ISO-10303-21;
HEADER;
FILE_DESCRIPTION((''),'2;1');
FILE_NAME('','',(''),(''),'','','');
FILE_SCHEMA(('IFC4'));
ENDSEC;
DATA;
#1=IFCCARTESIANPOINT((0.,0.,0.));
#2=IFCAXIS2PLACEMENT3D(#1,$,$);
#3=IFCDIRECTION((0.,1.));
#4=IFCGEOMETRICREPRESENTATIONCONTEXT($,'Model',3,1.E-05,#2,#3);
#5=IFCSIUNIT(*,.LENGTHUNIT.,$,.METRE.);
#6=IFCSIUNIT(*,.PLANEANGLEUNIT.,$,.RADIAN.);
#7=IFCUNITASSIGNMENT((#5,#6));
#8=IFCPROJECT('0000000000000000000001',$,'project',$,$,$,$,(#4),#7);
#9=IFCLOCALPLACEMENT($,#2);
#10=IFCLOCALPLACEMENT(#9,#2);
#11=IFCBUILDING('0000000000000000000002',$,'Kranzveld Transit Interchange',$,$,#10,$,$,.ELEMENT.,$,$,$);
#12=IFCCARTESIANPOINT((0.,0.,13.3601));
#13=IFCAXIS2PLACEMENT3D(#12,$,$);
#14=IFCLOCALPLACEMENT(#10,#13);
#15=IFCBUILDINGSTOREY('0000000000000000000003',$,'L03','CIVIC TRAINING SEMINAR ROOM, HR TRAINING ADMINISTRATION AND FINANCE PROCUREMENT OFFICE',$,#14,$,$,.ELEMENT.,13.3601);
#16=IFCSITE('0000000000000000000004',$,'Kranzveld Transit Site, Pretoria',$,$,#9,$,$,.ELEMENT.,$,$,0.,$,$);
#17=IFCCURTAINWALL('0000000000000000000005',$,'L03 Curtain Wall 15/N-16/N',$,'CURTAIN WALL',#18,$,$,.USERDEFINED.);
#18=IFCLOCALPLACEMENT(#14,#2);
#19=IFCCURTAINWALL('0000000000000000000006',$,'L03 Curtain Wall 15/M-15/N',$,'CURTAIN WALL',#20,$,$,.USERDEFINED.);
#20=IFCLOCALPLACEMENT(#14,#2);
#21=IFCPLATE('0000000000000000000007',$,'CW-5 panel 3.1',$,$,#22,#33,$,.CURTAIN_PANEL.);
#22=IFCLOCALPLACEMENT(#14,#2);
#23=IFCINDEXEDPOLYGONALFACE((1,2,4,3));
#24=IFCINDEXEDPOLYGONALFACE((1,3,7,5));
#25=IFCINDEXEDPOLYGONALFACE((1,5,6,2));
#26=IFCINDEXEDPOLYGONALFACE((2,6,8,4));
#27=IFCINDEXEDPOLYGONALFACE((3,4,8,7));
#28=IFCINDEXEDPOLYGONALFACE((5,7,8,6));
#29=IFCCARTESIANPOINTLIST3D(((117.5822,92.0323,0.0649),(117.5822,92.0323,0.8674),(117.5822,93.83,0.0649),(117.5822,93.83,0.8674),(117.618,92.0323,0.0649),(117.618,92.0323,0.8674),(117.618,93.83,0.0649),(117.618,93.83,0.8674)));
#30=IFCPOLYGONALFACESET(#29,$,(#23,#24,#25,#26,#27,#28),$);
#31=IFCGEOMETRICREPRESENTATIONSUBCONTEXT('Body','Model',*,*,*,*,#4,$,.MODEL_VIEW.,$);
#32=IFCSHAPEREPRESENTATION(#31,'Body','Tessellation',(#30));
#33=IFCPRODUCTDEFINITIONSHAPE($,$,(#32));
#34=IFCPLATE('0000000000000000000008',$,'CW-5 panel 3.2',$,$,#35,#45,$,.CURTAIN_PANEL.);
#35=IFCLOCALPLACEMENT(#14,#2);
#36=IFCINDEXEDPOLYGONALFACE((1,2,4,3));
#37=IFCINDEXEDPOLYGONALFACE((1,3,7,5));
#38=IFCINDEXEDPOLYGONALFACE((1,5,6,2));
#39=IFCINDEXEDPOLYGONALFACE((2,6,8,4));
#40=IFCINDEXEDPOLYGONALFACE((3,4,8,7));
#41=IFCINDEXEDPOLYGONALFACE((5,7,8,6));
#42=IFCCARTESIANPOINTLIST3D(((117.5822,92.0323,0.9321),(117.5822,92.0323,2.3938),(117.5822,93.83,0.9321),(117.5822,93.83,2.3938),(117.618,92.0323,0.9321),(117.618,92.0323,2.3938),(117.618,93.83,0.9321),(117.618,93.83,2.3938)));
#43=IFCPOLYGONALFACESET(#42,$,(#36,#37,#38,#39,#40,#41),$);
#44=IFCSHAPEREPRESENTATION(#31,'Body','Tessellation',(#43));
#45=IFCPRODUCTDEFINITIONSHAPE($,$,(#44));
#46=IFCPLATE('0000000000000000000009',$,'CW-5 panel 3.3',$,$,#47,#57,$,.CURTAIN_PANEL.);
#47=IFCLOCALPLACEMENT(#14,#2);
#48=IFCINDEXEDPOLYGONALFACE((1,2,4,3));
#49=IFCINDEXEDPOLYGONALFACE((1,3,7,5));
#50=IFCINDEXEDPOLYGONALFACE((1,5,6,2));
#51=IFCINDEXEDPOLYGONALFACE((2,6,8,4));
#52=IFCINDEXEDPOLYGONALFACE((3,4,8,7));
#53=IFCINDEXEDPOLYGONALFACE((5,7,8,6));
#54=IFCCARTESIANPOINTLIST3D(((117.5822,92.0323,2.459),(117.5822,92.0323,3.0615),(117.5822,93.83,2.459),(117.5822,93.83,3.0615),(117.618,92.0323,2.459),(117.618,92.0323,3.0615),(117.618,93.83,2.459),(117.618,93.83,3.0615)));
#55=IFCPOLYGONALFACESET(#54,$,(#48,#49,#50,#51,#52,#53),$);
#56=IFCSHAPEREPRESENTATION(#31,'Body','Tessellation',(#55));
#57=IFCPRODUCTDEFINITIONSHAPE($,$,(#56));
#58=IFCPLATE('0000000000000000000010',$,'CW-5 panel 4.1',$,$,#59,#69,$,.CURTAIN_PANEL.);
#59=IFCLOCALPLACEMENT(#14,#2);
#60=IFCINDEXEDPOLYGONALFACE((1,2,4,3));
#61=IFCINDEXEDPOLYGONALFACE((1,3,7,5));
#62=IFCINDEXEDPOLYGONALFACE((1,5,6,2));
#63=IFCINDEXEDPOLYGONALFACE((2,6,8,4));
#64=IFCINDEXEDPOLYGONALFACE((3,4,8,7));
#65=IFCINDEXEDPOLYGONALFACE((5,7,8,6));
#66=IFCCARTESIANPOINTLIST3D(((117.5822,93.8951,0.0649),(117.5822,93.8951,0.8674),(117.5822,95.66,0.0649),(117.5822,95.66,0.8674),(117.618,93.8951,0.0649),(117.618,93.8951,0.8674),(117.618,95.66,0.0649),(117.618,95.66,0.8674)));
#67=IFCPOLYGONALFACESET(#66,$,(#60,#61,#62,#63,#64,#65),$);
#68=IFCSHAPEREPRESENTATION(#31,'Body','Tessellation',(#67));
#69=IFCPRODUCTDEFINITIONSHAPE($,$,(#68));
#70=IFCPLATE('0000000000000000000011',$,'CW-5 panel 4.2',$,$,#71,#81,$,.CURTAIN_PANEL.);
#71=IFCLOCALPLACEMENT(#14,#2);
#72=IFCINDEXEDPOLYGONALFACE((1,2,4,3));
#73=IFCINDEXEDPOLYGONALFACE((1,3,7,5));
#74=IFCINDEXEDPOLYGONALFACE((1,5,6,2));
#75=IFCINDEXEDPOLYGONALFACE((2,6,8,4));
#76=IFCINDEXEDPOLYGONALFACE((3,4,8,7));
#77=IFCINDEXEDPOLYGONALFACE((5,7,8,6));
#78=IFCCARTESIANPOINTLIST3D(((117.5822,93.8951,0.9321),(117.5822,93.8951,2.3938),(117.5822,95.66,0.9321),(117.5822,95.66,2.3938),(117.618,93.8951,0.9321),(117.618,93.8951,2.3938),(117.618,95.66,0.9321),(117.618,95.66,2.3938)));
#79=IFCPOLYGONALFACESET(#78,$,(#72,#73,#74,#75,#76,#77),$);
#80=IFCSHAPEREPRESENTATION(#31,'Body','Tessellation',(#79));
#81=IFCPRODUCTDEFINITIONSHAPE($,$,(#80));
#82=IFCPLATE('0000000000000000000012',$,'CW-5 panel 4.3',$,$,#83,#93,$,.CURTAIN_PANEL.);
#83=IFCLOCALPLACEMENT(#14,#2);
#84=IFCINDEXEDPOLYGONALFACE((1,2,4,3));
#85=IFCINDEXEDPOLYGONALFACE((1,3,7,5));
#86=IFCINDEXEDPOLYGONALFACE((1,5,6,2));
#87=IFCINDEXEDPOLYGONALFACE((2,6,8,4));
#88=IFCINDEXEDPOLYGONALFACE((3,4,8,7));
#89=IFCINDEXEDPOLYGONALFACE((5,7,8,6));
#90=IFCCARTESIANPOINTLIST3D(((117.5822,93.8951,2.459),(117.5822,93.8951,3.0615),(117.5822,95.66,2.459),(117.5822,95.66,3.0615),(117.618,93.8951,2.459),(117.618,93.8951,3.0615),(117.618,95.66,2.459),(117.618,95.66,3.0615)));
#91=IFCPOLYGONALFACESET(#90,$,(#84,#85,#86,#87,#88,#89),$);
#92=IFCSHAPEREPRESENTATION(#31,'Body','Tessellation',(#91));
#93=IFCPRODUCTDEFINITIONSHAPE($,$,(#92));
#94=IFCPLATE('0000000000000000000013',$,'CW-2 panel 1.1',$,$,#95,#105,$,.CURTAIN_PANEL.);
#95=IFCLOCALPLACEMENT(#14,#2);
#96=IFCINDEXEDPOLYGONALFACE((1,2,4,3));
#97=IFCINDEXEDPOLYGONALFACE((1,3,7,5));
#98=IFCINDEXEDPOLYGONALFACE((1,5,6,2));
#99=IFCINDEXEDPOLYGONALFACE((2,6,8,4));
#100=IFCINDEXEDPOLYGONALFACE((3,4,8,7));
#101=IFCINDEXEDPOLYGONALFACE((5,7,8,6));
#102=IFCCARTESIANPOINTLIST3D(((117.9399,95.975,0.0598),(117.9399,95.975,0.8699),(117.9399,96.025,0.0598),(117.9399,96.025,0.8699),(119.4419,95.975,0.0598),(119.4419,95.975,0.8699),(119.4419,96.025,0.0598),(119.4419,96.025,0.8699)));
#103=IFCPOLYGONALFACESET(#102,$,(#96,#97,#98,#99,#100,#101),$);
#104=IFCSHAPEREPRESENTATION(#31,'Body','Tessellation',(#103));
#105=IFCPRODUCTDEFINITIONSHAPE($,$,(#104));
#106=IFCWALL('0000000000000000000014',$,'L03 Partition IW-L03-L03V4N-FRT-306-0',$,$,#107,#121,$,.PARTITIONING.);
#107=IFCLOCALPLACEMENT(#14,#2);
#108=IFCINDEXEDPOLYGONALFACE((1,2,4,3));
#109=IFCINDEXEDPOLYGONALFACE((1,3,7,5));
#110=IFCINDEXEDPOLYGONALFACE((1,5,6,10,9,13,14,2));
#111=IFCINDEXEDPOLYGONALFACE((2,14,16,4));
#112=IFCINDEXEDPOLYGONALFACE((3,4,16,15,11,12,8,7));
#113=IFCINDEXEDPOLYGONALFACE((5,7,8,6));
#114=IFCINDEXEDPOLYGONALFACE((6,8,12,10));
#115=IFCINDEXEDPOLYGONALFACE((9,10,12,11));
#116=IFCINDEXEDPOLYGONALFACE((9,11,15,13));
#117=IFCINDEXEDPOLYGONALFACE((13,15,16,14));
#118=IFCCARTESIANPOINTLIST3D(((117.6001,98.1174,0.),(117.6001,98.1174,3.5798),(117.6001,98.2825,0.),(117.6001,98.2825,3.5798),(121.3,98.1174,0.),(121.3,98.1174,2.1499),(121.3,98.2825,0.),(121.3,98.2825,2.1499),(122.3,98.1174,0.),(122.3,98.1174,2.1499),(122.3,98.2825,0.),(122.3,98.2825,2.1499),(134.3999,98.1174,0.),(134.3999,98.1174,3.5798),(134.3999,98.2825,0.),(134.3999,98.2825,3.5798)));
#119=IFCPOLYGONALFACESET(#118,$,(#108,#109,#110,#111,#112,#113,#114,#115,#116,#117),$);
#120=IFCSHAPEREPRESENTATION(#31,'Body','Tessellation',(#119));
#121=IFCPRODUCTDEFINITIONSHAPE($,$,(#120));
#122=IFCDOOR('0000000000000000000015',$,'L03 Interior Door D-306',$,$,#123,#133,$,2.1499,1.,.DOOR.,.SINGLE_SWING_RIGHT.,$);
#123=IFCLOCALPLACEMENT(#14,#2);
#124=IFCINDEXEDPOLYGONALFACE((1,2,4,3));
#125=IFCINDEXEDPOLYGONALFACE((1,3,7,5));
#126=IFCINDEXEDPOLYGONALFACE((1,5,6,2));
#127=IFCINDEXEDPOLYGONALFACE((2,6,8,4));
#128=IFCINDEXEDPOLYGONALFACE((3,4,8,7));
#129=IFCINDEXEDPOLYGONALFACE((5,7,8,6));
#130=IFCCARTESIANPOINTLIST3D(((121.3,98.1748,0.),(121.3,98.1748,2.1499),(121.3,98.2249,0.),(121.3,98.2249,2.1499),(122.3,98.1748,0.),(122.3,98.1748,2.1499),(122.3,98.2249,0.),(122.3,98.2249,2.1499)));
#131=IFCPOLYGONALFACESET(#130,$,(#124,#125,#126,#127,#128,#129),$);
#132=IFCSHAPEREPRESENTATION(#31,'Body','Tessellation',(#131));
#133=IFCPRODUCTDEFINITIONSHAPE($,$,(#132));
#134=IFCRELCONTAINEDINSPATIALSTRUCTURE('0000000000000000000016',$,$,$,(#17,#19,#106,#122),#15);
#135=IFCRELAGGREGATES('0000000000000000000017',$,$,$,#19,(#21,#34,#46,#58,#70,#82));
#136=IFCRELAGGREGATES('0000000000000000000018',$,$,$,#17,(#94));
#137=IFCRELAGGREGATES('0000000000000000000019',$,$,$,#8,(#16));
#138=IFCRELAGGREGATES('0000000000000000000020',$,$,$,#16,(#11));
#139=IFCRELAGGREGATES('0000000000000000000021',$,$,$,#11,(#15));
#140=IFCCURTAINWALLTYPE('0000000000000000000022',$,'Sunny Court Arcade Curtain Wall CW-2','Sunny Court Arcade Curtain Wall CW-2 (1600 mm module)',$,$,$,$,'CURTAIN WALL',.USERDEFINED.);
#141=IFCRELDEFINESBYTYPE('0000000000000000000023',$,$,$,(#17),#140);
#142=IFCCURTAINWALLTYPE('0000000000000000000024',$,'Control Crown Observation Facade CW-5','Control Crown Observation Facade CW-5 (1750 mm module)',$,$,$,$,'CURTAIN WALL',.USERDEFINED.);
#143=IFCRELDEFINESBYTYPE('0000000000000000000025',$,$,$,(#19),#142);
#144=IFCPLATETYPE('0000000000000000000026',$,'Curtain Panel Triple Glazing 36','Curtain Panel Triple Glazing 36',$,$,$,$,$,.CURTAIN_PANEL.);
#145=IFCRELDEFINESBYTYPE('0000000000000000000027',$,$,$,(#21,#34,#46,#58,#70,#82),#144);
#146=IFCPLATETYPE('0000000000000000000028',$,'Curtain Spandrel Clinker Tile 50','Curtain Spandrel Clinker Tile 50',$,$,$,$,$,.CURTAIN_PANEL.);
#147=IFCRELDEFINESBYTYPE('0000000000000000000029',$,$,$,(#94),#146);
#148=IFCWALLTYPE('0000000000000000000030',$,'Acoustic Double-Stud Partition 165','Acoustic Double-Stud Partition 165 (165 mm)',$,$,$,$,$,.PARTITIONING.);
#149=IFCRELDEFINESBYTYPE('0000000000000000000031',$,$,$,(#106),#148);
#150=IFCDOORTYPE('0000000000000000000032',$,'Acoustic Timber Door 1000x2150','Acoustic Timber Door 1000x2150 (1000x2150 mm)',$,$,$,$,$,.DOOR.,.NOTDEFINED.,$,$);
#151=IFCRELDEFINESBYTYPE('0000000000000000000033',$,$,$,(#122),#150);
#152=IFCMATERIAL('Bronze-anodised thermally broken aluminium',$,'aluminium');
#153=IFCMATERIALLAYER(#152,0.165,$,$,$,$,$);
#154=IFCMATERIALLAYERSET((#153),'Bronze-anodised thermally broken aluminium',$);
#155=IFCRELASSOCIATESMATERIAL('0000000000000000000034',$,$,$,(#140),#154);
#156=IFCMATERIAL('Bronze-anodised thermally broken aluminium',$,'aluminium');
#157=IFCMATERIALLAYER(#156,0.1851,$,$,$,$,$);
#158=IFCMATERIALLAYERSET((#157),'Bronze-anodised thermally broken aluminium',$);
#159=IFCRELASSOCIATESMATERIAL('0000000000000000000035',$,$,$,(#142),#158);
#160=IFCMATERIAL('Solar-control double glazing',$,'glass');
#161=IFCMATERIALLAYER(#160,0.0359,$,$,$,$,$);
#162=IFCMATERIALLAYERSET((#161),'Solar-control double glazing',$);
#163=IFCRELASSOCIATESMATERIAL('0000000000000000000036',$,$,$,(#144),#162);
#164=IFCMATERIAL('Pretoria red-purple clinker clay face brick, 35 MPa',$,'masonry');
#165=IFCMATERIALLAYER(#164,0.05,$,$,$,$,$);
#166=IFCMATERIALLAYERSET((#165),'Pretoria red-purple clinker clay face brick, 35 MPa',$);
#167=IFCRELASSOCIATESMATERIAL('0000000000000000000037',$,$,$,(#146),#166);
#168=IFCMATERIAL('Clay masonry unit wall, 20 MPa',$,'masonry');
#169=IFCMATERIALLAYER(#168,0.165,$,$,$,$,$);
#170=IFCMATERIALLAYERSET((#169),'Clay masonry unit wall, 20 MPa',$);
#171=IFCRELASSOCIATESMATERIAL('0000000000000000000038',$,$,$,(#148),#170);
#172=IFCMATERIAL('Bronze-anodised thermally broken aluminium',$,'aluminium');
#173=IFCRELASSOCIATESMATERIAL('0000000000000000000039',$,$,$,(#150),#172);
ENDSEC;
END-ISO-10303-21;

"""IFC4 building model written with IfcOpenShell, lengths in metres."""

from ifc_helpers import new_model, si_unit, direction, frame, frame_2d, origin, origin_2d, place, context, subcontext, project, spatial, rectangle, extrude, material, layer, layer_set, type_object, element, fill, aggregate, save


model = new_model("IFC4")

# Units and contexts
model_context = context("Model", 3, precision=1e-05, world=origin(), true_north=direction((0.0, 1.0)))
body_context = subcontext(model_context, "Body", "Model", "MODEL_VIEW")
ifc_project = project(units=[si_unit("LENGTHUNIT", "METRE"), si_unit("PLANEANGLEUNIT", "RADIAN")], contexts=[model_context])

# Site, building, storey
site_placement = place(None, origin())
site = spatial("IfcSite", under=ifc_project, at=site_placement, Name="Kranzveld Transit Site, Pretoria", CompositionType="ELEMENT", RefElevation=0.0)
building_placement = place(site_placement, origin())
building = spatial("IfcBuilding", under=site, at=building_placement, Name="Kranzveld Transit Interchange", CompositionType="ELEMENT")
storey_placement = place(building_placement, frame((0.0, 0.0, 13.3601)))
storey = spatial("IfcBuildingStorey", under=building, at=storey_placement, Name="L03", Description="CIVIC TRAINING SEMINAR ROOM, HR TRAINING ADMINISTRATION AND FINANCE PROCUREMENT OFFICE", CompositionType="ELEMENT", Elevation=13.3601)

# Curtain wall
ifc_material_1 = material(Name="Bronze-anodised thermally broken aluminium", Category="aluminium")
ifc_layer_1 = layer(ifc_material_1, 0.165)
ifc_layer_set_1 = layer_set([ifc_layer_1], Name="Bronze-anodised thermally broken aluminium")
curtain_wall_type_1 = type_object("IfcCurtainWallType", Name="Sunny Court Arcade Curtain Wall CW-2", Description="Sunny Court Arcade Curtain Wall CW-2 (1600 mm module)", ElementType="CURTAIN WALL", PredefinedType="USERDEFINED", material=ifc_layer_set_1)
curtain_wall_1_placement = place(storey_placement, origin())
curtain_wall_1 = element("IfcCurtainWall", 1, at=curtain_wall_1_placement, inside=storey, type_object=curtain_wall_type_1, Name="L03 Curtain Wall 15/N-16/N", ObjectType="CURTAIN WALL", PredefinedType="USERDEFINED")

# Curtain wall
ifc_material_2 = material(Name="Bronze-anodised thermally broken aluminium", Category="aluminium")
ifc_layer_2 = layer(ifc_material_2, 0.1851)
ifc_layer_set_2 = layer_set([ifc_layer_2], Name="Bronze-anodised thermally broken aluminium")
curtain_wall_type_2 = type_object("IfcCurtainWallType", Name="Control Crown Observation Facade CW-5", Description="Control Crown Observation Facade CW-5 (1750 mm module)", ElementType="CURTAIN WALL", PredefinedType="USERDEFINED", material=ifc_layer_set_2)
curtain_wall_2_placement = place(storey_placement, origin())
curtain_wall_2 = element("IfcCurtainWall", 2, at=curtain_wall_2_placement, inside=storey, type_object=curtain_wall_type_2, Name="L03 Curtain Wall 15/M-15/N", ObjectType="CURTAIN WALL", PredefinedType="USERDEFINED")

# Plates
ifc_material_3 = material(Name="Solar-control double glazing", Category="glass")
ifc_layer_3 = layer(ifc_material_3, 0.0359)
ifc_layer_set_3 = layer_set([ifc_layer_3], Name="Solar-control double glazing")
plate_type_1 = type_object("IfcPlateType", Name="Curtain Panel Triple Glazing 36", Description="Curtain Panel Triple Glazing 36", PredefinedType="CURTAIN_PANEL", material=ifc_layer_set_3)
plate_1_placement = place(storey_placement, frame((117.6001, 92.9312, 0.0649), z_axis=(0.0, 0.0, 1.0), x_axis=(0.0, 1.0, 0.0)))
plate_1 = element("IfcPlate", 3, at=plate_1_placement, type_object=plate_type_1, Name="CW-5 panel 3.1", PredefinedType="CURTAIN_PANEL", context=body_context, shape_type="SweptSolid", body=[
    extrude(rectangle(XDim=1.7976, YDim=0.0359, at=origin_2d()), origin(), (0.0, 0.0, 1.0), 0.8025),
])
plate_2_placement = place(storey_placement, frame((117.6001, 92.9312, 0.9321), z_axis=(0.0, 0.0, 1.0), x_axis=(0.0, 1.0, 0.0)))
plate_2 = element("IfcPlate", 4, at=plate_2_placement, type_object=plate_type_1, Name="CW-5 panel 3.2", PredefinedType="CURTAIN_PANEL", context=body_context, shape_type="SweptSolid", body=[
    extrude(rectangle(XDim=1.7976, YDim=0.0359, at=origin_2d()), origin(), (0.0, 0.0, 1.0), 1.4617),
])
plate_3_placement = place(storey_placement, frame((117.6001, 92.9312, 2.459), z_axis=(0.0, 0.0, 1.0), x_axis=(0.0, 1.0, 0.0)))
plate_3 = element("IfcPlate", 5, at=plate_3_placement, type_object=plate_type_1, Name="CW-5 panel 3.3", PredefinedType="CURTAIN_PANEL", context=body_context, shape_type="SweptSolid", body=[
    extrude(rectangle(XDim=1.7976, YDim=0.0359, at=origin_2d()), origin(), (0.0, 0.0, 1.0), 0.6025),
])
plate_4_placement = place(storey_placement, frame((117.6001, 94.7776, 0.0649), z_axis=(0.0, 0.0, 1.0), x_axis=(0.0, 1.0, 0.0)))
plate_4 = element("IfcPlate", 6, at=plate_4_placement, type_object=plate_type_1, Name="CW-5 panel 4.1", PredefinedType="CURTAIN_PANEL", context=body_context, shape_type="SweptSolid", body=[
    extrude(rectangle(XDim=1.7649, YDim=0.0359, at=origin_2d()), origin(), (0.0, 0.0, 1.0), 0.8025),
])
plate_5_placement = place(storey_placement, frame((117.6001, 94.7776, 0.9321), z_axis=(0.0, 0.0, 1.0), x_axis=(0.0, 1.0, 0.0)))
plate_5 = element("IfcPlate", 7, at=plate_5_placement, type_object=plate_type_1, Name="CW-5 panel 4.2", PredefinedType="CURTAIN_PANEL", context=body_context, shape_type="SweptSolid", body=[
    extrude(rectangle(XDim=1.7649, YDim=0.0359, at=origin_2d()), origin(), (0.0, 0.0, 1.0), 1.4617),
])
plate_6_placement = place(storey_placement, frame((117.6001, 94.7776, 2.459), z_axis=(0.0, 0.0, 1.0), x_axis=(0.0, 1.0, 0.0)))
plate_6 = element("IfcPlate", 8, at=plate_6_placement, type_object=plate_type_1, Name="CW-5 panel 4.3", PredefinedType="CURTAIN_PANEL", context=body_context, shape_type="SweptSolid", body=[
    extrude(rectangle(XDim=1.7649, YDim=0.0359, at=origin_2d()), origin(), (0.0, 0.0, 1.0), 0.6025),
])
aggregate(curtain_wall_2, [plate_1, plate_2, plate_3, plate_4, plate_5, plate_6])
ifc_material_4 = material(Name="Pretoria red-purple clinker clay face brick, 35 MPa", Category="masonry")
ifc_layer_4 = layer(ifc_material_4, 0.05)
ifc_layer_set_4 = layer_set([ifc_layer_4], Name="Pretoria red-purple clinker clay face brick, 35 MPa")
plate_type_2 = type_object("IfcPlateType", Name="Curtain Spandrel Clinker Tile 50", Description="Curtain Spandrel Clinker Tile 50", PredefinedType="CURTAIN_PANEL", material=ifc_layer_set_4)
plate_7_placement = place(storey_placement, frame((118.6909, 96.0, 0.0598), z_axis=(0.0, 0.0, 1.0), x_axis=(1.0, 0.0, 0.0)))
plate_7 = element("IfcPlate", 9, at=plate_7_placement, type_object=plate_type_2, Name="CW-2 panel 1.1", PredefinedType="CURTAIN_PANEL", context=body_context, shape_type="SweptSolid", body=[
    extrude(rectangle(XDim=1.502, YDim=0.05, at=origin_2d()), origin(), (0.0, 0.0, 1.0), 0.8101),
])
aggregate(curtain_wall_1, [plate_7])

# Wall, opening, door
ifc_material_5 = material(Name="Clay masonry unit wall, 20 MPa", Category="masonry")
ifc_layer_5 = layer(ifc_material_5, 0.165)
ifc_layer_set_5 = layer_set([ifc_layer_5], Name="Clay masonry unit wall, 20 MPa")
wall_type_1 = type_object("IfcWallType", Name="Acoustic Double-Stud Partition 165", Description="Acoustic Double-Stud Partition 165 (165 mm)", PredefinedType="PARTITIONING", material=ifc_layer_set_5)
wall_1_placement = place(storey_placement, frame((117.6001, 98.2, 0.0), z_axis=(0.0, 0.0, 1.0), x_axis=(1.0, 0.0, 0.0)))
wall_1 = element("IfcWall", 10, at=wall_1_placement, inside=storey, type_object=wall_type_1, Name="L03 Partition IW-L03-L03V4N-FRT-306-0", PredefinedType="PARTITIONING", context=body_context, shape_type="SweptSolid", body=[
    extrude(rectangle(XDim=16.7998, YDim=0.165, at=frame_2d((8.3999, 0.0))), origin(), (0.0, 0.0, 1.0), 3.5798),
])
opening_placement = place(wall_1_placement, frame((3.7, 0.0, 0.0), z_axis=(0.0, 0.0, 1.0), x_axis=(1.0, 0.0, 0.0)))
opening = element("IfcOpeningElement", 11, at=opening_placement, cuts=wall_1, PredefinedType="OPENING", context=body_context, shape_type="SweptSolid", body=[
    extrude(rectangle(XDim=1.0, YDim=2.1499, at=frame_2d((0.5, 1.075))), frame((0.0, 0.0925, 0.0), z_axis=(0.0, -1.0, 0.0), x_axis=(1.0, 0.0, 0.0)), (0.0, 0.0, 1.0), 0.1851),
])
ifc_material_6 = material(Name="Bronze-anodised thermally broken aluminium", Category="aluminium")
door_type = type_object("IfcDoorType", Name="Acoustic Timber Door 1000x2150", Description="Acoustic Timber Door 1000x2150 (1000x2150 mm)", OperationType="NOTDEFINED", PredefinedType="DOOR", material=ifc_material_6)
door_placement = place(opening_placement, origin())
door = element("IfcDoor", 12, at=door_placement, inside=storey, type_object=door_type, Name="L03 Interior Door D-306", OperationType="SINGLE_SWING_RIGHT", OverallHeight=2.1499, OverallWidth=1.0, PredefinedType="DOOR", context=body_context, shape_type="SweptSolid", body=[
    extrude(rectangle(XDim=1.0, YDim=2.1499, at=frame_2d((0.5, 1.075))), frame((0.0, 0.0249, 0.0), z_axis=(0.0, -1.0, 0.0), x_axis=(1.0, 0.0, 0.0)), (0.0, 0.0, 1.0), 0.05),
])
fill(opening, door)

save(model, "model.ifc")
